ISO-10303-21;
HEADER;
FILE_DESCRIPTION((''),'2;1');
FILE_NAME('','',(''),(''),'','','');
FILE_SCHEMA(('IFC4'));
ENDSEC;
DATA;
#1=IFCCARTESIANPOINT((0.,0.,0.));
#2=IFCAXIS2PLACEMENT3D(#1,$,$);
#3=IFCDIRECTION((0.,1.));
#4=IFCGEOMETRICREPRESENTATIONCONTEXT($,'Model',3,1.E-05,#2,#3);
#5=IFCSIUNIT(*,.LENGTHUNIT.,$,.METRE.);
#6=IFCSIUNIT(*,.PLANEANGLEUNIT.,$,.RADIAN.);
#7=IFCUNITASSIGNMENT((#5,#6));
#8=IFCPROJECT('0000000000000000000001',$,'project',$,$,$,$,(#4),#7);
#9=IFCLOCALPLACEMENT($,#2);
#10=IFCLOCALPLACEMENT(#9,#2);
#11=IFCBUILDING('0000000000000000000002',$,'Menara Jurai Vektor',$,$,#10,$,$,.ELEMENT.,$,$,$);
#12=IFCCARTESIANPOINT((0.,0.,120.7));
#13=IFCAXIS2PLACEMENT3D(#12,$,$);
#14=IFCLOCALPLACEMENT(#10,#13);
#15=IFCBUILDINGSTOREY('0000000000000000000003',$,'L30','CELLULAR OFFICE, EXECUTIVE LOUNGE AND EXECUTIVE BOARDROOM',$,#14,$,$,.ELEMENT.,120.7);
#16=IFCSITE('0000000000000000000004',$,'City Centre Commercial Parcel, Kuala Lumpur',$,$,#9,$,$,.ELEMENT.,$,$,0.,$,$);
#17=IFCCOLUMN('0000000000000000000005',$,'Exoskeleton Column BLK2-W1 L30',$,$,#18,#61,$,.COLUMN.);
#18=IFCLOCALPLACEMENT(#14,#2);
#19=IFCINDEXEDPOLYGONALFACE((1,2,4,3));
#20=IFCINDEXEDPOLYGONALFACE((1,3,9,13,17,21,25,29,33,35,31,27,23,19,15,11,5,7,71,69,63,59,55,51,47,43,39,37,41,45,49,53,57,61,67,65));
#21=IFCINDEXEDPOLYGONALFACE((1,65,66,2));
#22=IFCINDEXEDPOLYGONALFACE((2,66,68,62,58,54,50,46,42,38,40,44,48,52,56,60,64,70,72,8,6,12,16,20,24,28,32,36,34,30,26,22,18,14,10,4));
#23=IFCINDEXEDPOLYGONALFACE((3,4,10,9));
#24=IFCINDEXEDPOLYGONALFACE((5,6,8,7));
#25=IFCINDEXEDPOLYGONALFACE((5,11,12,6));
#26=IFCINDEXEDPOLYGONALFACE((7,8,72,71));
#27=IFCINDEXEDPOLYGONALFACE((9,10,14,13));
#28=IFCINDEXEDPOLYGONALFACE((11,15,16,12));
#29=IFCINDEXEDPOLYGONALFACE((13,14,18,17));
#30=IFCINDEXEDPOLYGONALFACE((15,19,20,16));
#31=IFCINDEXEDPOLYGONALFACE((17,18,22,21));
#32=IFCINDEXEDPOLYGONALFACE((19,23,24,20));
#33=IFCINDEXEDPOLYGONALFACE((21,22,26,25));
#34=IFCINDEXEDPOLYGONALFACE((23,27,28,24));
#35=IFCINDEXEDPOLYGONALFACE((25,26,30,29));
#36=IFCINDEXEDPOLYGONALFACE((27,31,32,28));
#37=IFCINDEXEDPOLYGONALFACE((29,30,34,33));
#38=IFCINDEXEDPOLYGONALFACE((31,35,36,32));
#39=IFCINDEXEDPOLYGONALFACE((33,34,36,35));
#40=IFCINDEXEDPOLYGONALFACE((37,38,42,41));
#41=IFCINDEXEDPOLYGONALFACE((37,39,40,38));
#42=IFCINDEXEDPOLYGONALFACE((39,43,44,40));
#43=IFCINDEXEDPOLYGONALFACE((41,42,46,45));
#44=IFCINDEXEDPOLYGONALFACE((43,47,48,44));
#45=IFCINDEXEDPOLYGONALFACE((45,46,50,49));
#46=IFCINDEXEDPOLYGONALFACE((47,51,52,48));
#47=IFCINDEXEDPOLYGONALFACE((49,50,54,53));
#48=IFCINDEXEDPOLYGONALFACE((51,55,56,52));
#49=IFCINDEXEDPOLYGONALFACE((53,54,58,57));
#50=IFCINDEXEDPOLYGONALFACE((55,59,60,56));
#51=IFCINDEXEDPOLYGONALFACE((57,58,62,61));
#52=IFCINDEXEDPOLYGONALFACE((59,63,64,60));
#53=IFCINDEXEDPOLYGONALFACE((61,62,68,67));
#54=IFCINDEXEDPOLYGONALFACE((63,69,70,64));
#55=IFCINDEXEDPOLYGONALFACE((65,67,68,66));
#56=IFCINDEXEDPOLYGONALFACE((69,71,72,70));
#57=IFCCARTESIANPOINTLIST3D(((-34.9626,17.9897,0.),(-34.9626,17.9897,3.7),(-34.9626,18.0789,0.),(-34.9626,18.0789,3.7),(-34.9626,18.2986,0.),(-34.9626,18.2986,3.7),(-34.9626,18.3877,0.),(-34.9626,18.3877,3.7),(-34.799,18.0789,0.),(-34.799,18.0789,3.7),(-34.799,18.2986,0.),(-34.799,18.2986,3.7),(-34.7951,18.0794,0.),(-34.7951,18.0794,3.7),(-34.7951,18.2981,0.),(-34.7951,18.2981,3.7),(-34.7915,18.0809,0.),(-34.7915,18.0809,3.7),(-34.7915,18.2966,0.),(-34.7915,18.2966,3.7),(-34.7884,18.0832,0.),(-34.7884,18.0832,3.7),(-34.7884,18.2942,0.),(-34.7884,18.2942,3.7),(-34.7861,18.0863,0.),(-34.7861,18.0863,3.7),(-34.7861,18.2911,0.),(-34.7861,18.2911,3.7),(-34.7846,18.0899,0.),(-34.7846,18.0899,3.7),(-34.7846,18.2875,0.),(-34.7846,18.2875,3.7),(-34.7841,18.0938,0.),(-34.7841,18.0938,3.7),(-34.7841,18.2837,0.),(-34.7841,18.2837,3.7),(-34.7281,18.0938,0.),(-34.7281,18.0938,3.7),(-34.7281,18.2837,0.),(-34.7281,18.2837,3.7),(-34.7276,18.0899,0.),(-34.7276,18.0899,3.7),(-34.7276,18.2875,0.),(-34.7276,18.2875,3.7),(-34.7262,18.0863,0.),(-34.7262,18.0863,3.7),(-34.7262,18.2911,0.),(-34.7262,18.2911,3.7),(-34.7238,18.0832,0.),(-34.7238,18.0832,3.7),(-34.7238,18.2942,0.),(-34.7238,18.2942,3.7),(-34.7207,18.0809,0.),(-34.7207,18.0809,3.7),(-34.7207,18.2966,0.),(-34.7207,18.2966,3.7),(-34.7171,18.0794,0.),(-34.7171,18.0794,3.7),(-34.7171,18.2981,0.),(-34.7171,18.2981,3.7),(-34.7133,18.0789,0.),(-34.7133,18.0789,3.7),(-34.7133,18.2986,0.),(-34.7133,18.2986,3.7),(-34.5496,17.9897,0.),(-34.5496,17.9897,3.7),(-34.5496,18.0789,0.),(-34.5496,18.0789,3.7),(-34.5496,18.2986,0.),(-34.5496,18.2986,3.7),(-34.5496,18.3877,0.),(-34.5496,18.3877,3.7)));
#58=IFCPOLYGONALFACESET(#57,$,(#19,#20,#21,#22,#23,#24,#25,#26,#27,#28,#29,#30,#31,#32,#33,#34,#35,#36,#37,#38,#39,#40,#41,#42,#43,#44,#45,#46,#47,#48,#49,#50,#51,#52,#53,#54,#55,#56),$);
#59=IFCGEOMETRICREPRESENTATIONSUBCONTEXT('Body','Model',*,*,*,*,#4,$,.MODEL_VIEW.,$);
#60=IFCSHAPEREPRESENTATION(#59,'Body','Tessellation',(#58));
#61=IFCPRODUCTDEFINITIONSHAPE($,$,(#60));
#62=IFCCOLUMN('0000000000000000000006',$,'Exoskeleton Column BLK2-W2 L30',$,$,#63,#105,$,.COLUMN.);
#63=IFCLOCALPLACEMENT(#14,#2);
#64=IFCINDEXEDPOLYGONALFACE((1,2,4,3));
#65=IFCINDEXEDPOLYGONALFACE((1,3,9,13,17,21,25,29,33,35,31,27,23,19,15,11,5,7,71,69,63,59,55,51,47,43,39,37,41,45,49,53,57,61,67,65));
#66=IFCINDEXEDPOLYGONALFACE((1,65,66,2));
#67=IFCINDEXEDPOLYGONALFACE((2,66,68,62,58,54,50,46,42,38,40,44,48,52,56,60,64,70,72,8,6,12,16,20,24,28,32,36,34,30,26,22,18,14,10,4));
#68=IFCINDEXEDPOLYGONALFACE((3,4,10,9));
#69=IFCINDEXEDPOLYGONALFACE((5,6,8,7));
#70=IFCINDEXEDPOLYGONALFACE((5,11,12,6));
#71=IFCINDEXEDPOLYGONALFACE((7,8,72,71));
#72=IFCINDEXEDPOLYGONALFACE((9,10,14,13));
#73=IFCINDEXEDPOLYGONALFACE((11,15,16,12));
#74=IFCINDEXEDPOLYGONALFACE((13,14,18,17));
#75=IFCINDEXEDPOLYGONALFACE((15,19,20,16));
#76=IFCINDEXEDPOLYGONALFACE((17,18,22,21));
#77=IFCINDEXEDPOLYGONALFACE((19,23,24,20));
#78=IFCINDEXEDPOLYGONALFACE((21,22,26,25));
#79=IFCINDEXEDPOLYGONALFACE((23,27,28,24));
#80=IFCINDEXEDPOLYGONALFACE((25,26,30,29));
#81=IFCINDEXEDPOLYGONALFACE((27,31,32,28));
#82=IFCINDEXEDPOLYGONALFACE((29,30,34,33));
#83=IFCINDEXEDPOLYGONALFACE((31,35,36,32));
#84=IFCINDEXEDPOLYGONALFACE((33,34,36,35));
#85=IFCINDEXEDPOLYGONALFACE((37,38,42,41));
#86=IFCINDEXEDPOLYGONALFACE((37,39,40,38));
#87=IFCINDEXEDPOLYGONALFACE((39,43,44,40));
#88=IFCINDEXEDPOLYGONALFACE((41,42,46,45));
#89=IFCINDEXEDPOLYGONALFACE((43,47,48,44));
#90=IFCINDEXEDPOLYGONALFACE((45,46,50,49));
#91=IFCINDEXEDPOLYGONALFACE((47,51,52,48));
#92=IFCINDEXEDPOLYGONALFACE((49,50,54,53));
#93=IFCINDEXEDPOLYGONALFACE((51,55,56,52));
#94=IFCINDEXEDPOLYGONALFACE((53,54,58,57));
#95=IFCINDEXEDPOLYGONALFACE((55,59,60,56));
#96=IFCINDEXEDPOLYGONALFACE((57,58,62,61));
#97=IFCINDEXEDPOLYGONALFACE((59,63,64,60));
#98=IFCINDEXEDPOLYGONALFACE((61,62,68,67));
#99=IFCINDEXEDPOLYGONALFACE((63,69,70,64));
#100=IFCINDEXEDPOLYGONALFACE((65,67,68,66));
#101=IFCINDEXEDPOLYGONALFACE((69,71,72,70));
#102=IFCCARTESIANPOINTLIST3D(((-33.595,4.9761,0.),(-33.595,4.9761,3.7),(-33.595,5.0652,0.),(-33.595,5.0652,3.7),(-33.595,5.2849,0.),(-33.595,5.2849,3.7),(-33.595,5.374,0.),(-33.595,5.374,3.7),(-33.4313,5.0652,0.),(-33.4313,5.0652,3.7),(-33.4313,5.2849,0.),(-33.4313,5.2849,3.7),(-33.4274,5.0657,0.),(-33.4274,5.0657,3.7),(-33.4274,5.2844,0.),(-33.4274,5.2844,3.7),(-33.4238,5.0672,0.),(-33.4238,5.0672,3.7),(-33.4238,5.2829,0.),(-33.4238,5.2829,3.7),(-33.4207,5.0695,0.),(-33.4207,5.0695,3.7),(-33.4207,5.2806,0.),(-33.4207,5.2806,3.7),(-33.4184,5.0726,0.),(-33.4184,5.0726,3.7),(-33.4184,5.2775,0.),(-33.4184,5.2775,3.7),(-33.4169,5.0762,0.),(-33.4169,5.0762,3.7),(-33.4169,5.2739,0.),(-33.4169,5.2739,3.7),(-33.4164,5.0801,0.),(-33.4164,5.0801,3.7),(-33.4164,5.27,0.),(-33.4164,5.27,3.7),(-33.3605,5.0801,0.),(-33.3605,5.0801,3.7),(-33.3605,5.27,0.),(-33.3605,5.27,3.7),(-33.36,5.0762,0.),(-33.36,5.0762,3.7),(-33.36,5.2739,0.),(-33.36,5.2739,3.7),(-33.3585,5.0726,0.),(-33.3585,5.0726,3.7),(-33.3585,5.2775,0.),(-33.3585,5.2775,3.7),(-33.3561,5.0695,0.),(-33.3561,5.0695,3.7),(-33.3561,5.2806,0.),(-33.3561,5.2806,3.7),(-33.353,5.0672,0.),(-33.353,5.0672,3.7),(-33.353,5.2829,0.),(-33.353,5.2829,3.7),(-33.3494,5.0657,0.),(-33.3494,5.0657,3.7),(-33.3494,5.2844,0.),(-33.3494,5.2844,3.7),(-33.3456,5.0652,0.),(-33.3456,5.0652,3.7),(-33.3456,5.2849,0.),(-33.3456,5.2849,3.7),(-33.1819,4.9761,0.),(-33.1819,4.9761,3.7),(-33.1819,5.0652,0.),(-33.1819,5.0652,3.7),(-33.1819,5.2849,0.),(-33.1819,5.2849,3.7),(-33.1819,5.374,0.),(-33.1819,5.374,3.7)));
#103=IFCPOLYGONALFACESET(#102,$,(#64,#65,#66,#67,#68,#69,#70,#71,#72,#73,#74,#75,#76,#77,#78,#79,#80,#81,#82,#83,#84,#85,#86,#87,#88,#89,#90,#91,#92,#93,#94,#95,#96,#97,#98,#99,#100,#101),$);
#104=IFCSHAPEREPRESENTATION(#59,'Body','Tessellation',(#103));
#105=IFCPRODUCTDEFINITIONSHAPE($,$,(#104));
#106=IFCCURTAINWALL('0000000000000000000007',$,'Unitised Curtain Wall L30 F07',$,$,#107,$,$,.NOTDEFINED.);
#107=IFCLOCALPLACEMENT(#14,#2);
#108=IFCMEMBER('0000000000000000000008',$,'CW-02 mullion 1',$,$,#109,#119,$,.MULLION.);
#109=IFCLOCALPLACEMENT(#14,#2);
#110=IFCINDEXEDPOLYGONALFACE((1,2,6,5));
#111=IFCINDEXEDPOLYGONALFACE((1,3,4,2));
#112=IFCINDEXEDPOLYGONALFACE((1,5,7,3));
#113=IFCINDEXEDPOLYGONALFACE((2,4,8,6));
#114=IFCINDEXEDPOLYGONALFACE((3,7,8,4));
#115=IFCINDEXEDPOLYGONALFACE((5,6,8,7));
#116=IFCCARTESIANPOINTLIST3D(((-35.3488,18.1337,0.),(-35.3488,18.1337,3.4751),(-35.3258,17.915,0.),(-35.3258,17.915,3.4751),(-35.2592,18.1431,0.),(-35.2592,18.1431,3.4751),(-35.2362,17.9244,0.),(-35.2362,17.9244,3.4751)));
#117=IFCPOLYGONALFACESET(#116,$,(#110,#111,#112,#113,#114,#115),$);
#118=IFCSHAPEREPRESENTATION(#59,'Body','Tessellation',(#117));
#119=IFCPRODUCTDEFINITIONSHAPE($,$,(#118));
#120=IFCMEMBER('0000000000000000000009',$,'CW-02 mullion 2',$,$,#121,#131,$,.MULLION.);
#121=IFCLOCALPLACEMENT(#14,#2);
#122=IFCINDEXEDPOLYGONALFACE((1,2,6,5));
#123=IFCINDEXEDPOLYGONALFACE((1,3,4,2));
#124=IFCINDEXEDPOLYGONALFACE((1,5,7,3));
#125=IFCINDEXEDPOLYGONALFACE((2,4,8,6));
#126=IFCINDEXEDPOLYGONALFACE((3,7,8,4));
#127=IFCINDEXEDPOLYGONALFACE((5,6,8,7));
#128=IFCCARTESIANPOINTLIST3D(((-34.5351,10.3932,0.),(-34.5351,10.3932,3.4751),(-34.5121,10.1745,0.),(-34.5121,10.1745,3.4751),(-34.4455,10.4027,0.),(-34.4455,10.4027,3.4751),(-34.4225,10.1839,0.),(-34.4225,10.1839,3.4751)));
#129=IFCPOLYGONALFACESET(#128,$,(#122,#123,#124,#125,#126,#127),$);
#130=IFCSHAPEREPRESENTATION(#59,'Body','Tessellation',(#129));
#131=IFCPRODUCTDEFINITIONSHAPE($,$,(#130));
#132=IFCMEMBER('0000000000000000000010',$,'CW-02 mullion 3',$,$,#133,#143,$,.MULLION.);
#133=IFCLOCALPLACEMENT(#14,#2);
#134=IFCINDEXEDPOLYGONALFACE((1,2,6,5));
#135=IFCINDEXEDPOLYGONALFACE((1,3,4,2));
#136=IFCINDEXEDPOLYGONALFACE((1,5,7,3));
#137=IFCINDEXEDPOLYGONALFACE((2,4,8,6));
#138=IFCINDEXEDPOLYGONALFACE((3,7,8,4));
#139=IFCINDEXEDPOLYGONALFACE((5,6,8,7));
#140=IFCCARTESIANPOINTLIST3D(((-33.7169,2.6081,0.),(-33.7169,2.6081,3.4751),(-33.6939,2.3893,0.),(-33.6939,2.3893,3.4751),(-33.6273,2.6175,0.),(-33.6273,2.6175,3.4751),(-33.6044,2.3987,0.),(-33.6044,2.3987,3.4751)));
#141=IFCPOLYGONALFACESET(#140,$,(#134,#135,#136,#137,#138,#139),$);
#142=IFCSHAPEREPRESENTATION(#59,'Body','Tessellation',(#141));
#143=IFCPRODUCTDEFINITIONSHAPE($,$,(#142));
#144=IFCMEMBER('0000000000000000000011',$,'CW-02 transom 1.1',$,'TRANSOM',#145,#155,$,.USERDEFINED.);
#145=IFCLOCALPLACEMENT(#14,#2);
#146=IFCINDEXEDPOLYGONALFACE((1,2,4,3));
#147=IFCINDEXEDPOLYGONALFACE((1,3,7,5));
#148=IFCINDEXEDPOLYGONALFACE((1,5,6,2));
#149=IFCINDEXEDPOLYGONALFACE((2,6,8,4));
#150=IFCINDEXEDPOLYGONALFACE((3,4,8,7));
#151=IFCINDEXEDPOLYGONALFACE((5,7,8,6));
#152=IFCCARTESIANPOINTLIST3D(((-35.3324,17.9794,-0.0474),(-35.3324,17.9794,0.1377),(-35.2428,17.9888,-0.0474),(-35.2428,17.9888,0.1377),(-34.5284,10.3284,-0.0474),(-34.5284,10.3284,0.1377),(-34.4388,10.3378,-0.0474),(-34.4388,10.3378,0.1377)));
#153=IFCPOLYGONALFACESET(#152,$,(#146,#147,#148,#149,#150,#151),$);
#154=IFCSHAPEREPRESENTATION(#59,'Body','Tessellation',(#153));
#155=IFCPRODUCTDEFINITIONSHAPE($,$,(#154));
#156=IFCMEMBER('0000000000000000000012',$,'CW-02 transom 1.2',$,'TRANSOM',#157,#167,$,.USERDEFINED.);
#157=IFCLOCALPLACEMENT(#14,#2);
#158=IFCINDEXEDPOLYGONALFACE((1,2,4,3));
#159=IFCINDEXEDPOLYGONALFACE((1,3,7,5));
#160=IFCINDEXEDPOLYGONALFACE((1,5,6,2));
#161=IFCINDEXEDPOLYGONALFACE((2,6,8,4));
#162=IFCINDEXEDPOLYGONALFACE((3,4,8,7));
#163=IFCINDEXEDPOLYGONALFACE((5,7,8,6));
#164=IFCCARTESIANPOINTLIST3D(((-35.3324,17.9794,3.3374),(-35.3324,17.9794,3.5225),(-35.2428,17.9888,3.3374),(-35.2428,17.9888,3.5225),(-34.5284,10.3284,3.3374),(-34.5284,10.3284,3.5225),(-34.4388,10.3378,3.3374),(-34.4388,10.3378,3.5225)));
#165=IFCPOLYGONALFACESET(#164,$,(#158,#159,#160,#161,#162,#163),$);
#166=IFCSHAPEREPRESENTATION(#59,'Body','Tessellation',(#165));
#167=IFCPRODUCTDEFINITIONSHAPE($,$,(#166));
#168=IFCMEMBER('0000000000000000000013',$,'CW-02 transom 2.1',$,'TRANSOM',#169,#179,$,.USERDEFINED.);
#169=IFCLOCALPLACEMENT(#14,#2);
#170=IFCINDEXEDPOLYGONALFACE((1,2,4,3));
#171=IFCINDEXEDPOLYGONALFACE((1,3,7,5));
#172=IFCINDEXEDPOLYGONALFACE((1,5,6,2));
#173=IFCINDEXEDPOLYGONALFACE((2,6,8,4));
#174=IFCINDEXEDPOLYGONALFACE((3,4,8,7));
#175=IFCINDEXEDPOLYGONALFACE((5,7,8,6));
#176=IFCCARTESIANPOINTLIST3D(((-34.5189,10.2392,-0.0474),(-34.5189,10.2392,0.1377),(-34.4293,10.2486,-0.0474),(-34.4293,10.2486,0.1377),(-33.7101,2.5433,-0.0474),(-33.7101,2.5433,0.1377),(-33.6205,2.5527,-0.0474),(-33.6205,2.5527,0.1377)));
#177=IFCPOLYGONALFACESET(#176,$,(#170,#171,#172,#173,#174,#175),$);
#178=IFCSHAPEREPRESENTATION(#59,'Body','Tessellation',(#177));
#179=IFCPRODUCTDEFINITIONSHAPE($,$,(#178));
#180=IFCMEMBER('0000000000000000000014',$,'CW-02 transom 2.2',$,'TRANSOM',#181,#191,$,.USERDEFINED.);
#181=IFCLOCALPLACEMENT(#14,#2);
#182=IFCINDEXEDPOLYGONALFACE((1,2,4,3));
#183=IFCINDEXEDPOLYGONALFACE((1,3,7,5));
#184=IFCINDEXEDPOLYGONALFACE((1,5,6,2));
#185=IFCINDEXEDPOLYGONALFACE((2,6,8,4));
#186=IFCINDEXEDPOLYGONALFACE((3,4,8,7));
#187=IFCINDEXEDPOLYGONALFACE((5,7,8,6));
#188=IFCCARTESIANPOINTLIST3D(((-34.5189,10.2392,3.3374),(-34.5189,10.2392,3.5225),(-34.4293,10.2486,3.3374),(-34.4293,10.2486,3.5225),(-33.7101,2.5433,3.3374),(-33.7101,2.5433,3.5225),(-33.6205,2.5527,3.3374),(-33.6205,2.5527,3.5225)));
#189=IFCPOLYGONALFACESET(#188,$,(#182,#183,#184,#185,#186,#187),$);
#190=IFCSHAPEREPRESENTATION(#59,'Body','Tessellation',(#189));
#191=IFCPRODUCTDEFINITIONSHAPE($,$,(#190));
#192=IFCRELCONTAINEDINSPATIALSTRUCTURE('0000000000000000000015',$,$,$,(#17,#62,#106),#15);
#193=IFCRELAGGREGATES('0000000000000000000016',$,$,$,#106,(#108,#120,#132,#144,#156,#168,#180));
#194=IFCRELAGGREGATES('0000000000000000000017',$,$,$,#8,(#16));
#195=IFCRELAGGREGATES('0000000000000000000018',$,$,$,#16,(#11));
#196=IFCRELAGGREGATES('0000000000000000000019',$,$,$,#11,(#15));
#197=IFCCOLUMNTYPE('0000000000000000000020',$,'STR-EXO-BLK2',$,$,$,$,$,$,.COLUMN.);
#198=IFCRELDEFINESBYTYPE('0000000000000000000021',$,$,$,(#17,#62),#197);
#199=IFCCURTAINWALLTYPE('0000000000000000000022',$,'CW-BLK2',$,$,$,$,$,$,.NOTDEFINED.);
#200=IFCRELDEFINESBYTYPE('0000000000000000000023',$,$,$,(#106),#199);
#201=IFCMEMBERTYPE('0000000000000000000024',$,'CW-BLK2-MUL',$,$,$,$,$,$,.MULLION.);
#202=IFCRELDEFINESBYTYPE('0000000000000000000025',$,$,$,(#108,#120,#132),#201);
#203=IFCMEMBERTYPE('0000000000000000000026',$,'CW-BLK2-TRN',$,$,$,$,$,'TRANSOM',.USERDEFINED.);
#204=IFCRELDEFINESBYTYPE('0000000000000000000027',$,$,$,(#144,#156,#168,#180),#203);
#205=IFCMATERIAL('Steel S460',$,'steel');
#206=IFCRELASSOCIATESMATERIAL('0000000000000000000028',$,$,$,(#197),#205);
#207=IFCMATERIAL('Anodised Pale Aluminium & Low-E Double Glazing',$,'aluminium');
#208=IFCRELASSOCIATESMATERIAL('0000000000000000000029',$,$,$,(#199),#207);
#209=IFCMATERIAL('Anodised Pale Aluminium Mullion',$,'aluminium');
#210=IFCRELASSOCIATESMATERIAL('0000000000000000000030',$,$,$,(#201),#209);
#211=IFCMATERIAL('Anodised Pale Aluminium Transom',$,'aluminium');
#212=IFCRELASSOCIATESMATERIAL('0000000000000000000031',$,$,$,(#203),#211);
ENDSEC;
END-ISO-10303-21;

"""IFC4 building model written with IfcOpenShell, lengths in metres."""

from ifc_helpers import new_model, si_unit, direction, frame, origin, origin_2d, place, context, subcontext, project, spatial, rectangle, i_section, extrude, material, material_profile, profile_set, type_object, element, aggregate, save


model = new_model("IFC4")

# Units and contexts
model_context = context("Model", 3, precision=1e-05, world=origin(), true_north=direction((0.0, 1.0)))
body_context = subcontext(model_context, "Body", "Model", "MODEL_VIEW")
ifc_project = project(units=[si_unit("LENGTHUNIT", "METRE"), si_unit("PLANEANGLEUNIT", "RADIAN")], contexts=[model_context])

# Site, building, storey
site_placement = place(None, origin())
site = spatial("IfcSite", under=ifc_project, at=site_placement, Name="City Centre Commercial Parcel, Kuala Lumpur", CompositionType="ELEMENT", RefElevation=0.0)
building_placement = place(site_placement, origin())
building = spatial("IfcBuilding", under=site, at=building_placement, Name="Menara Jurai Vektor", CompositionType="ELEMENT")
storey_placement = place(building_placement, frame((0.0, 0.0, 120.7)))
storey = spatial("IfcBuildingStorey", under=building, at=storey_placement, Name="L30", Description="CELLULAR OFFICE, EXECUTIVE LOUNGE AND EXECUTIVE BOARDROOM", CompositionType="ELEMENT", Elevation=120.7)

# Columns
ifc_material_1 = material(Name="Steel S460", Category="steel")
ifc_material_profile_1 = material_profile(ifc_material_1, i_section(OverallWidth=0.4131, OverallDepth=0.3979, WebThickness=0.0559, FlangeThickness=0.0891, FilletRadius=0.0149, at=origin_2d()), Name="HD 400x744")
ifc_profile_set_1 = profile_set([ifc_material_profile_1], Name="Steel S460")
column_type = type_object("IfcColumnType", Name="STR-EXO-BLK2", PredefinedType="COLUMN", material=ifc_profile_set_1)
for number, where, z_axis, x_axis, name in (
    (1, (-34.7561, 18.1887, 0.0), (0.0, 0.0, 1.0), (1.0, 0.0, 0.0), "Exoskeleton Column BLK2-W1 L30"),
    (2, (-33.3884, 5.175, 0.0), (0.0, 0.0, 1.0), (1.0, 0.0, 0.0), "Exoskeleton Column BLK2-W2 L30"),
):
    element("IfcColumn", number, at=place(storey_placement, frame(where, z_axis=z_axis, x_axis=x_axis)), inside=storey, type_object=column_type, Name=name, PredefinedType="COLUMN", context=body_context, shape_type="SweptSolid", body=[
        extrude(i_section(OverallWidth=0.4131, OverallDepth=0.3979, WebThickness=0.0559, FlangeThickness=0.0891, FilletRadius=0.0149, at=origin_2d()), origin(), (0.0, 0.0, 1.0), 3.7),
    ])

# Curtain wall, members
ifc_material_2 = material(Name="Anodised Pale Aluminium & Low-E Double Glazing", Category="aluminium")
curtain_wall_type = type_object("IfcCurtainWallType", Name="CW-BLK2", PredefinedType="NOTDEFINED", material=ifc_material_2)
curtain_wall_placement = place(storey_placement, origin())
curtain_wall = element("IfcCurtainWall", 3, at=curtain_wall_placement, inside=storey, type_object=curtain_wall_type, Name="Unitised Curtain Wall L30 F07", PredefinedType="NOTDEFINED")
ifc_material_3 = material(Name="Anodised Pale Aluminium Mullion", Category="aluminium")
ifc_material_profile_2 = material_profile(ifc_material_3, rectangle(XDim=0.0901, YDim=0.22, at=origin_2d()), Name="ALU MUL 90x220")
ifc_profile_set_2 = profile_set([ifc_material_profile_2], Name="Anodised Pale Aluminium Mullion")
member_type_1 = type_object("IfcMemberType", Name="CW-BLK2-MUL", PredefinedType="MULLION", material=ifc_profile_set_2)
member_1_placement = place(storey_placement, frame((-35.2925, 18.0291, 0.0), z_axis=(0.0, 0.0, 1.0), x_axis=(0.994522, 0.10453, 0.0)))
member_1 = element("IfcMember", 4, at=member_1_placement, type_object=member_type_1, Name="CW-02 mullion 1", PredefinedType="MULLION", context=body_context, shape_type="SweptSolid", body=[
    extrude(rectangle(XDim=0.0901, YDim=0.22, at=origin_2d()), origin(), (0.0, 0.0, 1.0), 3.4751),
])
member_2_placement = place(storey_placement, frame((-34.4788, 10.2886, 0.0), z_axis=(0.0, 0.0, 1.0), x_axis=(0.994522, 0.10453, 0.0)))
member_2 = element("IfcMember", 5, at=member_2_placement, type_object=member_type_1, Name="CW-02 mullion 2", PredefinedType="MULLION", context=body_context, shape_type="SweptSolid", body=[
    extrude(rectangle(XDim=0.0901, YDim=0.22, at=origin_2d()), origin(), (0.0, 0.0, 1.0), 3.4751),
])
member_3_placement = place(storey_placement, frame((-33.6606, 2.5034, 0.0), z_axis=(0.0, 0.0, 1.0), x_axis=(0.994522, 0.10453, 0.0)))
member_3 = element("IfcMember", 6, at=member_3_placement, type_object=member_type_1, Name="CW-02 mullion 3", PredefinedType="MULLION", context=body_context, shape_type="SweptSolid", body=[
    extrude(rectangle(XDim=0.0901, YDim=0.22, at=origin_2d()), origin(), (0.0, 0.0, 1.0), 3.4751),
])
ifc_material_4 = material(Name="Anodised Pale Aluminium Transom", Category="aluminium")
ifc_material_profile_3 = material_profile(ifc_material_4, rectangle(XDim=0.0901, YDim=0.1851, at=origin_2d()), Name="ALU TRN 90x185")
ifc_profile_set_3 = profile_set([ifc_material_profile_3], Name="Anodised Pale Aluminium Transom")
member_type_2 = type_object("IfcMemberType", Name="CW-BLK2-TRN", ElementType="TRANSOM", PredefinedType="USERDEFINED", material=ifc_profile_set_3)
member_4_placement = place(storey_placement, frame((-35.2876, 17.9841, 0.0452), z_axis=(0.104505, -0.994524, 0.0), x_axis=(0.994524, 0.104505, 0.0)))
member_4 = element("IfcMember", 7, at=member_4_placement, type_object=member_type_2, Name="CW-02 transom 1.1", ObjectType="TRANSOM", PredefinedType="USERDEFINED", context=body_context, shape_type="SweptSolid", body=[
    extrude(rectangle(XDim=0.0901, YDim=0.1851, at=origin_2d()), origin(), (0.0, 0.0, 1.0), 7.6931),
])
member_5_placement = place(storey_placement, frame((-35.2876, 17.9841, 3.4299), z_axis=(0.104505, -0.994524, 0.0), x_axis=(0.994524, 0.104505, 0.0)))
member_5 = element("IfcMember", 8, at=member_5_placement, type_object=member_type_2, Name="CW-02 transom 1.2", ObjectType="TRANSOM", PredefinedType="USERDEFINED", context=body_context, shape_type="SweptSolid", body=[
    extrude(rectangle(XDim=0.0901, YDim=0.1851, at=origin_2d()), origin(), (0.0, 0.0, 1.0), 7.6931),
])
member_6_placement = place(storey_placement, frame((-34.4741, 10.2439, 0.0452), z_axis=(0.104525, -0.994522, 0.0), x_axis=(0.994522, 0.104525, 0.0)))
member_6 = element("IfcMember", 9, at=member_6_placement, type_object=member_type_2, Name="CW-02 transom 2.1", ObjectType="TRANSOM", PredefinedType="USERDEFINED", context=body_context, shape_type="SweptSolid", body=[
    extrude(rectangle(XDim=0.0901, YDim=0.1851, at=origin_2d()), origin(), (0.0, 0.0, 1.0), 7.7383),
])
member_7_placement = place(storey_placement, frame((-34.4741, 10.2439, 3.4299), z_axis=(0.104525, -0.994522, 0.0), x_axis=(0.994522, 0.104525, 0.0)))
member_7 = element("IfcMember", 10, at=member_7_placement, type_object=member_type_2, Name="CW-02 transom 2.2", ObjectType="TRANSOM", PredefinedType="USERDEFINED", context=body_context, shape_type="SweptSolid", body=[
    extrude(rectangle(XDim=0.0901, YDim=0.1851, at=origin_2d()), origin(), (0.0, 0.0, 1.0), 7.7383),
])

aggregate(curtain_wall, [member_1, member_2, member_3, member_4, member_5, member_6, member_7])

save(model, "model.ifc")
